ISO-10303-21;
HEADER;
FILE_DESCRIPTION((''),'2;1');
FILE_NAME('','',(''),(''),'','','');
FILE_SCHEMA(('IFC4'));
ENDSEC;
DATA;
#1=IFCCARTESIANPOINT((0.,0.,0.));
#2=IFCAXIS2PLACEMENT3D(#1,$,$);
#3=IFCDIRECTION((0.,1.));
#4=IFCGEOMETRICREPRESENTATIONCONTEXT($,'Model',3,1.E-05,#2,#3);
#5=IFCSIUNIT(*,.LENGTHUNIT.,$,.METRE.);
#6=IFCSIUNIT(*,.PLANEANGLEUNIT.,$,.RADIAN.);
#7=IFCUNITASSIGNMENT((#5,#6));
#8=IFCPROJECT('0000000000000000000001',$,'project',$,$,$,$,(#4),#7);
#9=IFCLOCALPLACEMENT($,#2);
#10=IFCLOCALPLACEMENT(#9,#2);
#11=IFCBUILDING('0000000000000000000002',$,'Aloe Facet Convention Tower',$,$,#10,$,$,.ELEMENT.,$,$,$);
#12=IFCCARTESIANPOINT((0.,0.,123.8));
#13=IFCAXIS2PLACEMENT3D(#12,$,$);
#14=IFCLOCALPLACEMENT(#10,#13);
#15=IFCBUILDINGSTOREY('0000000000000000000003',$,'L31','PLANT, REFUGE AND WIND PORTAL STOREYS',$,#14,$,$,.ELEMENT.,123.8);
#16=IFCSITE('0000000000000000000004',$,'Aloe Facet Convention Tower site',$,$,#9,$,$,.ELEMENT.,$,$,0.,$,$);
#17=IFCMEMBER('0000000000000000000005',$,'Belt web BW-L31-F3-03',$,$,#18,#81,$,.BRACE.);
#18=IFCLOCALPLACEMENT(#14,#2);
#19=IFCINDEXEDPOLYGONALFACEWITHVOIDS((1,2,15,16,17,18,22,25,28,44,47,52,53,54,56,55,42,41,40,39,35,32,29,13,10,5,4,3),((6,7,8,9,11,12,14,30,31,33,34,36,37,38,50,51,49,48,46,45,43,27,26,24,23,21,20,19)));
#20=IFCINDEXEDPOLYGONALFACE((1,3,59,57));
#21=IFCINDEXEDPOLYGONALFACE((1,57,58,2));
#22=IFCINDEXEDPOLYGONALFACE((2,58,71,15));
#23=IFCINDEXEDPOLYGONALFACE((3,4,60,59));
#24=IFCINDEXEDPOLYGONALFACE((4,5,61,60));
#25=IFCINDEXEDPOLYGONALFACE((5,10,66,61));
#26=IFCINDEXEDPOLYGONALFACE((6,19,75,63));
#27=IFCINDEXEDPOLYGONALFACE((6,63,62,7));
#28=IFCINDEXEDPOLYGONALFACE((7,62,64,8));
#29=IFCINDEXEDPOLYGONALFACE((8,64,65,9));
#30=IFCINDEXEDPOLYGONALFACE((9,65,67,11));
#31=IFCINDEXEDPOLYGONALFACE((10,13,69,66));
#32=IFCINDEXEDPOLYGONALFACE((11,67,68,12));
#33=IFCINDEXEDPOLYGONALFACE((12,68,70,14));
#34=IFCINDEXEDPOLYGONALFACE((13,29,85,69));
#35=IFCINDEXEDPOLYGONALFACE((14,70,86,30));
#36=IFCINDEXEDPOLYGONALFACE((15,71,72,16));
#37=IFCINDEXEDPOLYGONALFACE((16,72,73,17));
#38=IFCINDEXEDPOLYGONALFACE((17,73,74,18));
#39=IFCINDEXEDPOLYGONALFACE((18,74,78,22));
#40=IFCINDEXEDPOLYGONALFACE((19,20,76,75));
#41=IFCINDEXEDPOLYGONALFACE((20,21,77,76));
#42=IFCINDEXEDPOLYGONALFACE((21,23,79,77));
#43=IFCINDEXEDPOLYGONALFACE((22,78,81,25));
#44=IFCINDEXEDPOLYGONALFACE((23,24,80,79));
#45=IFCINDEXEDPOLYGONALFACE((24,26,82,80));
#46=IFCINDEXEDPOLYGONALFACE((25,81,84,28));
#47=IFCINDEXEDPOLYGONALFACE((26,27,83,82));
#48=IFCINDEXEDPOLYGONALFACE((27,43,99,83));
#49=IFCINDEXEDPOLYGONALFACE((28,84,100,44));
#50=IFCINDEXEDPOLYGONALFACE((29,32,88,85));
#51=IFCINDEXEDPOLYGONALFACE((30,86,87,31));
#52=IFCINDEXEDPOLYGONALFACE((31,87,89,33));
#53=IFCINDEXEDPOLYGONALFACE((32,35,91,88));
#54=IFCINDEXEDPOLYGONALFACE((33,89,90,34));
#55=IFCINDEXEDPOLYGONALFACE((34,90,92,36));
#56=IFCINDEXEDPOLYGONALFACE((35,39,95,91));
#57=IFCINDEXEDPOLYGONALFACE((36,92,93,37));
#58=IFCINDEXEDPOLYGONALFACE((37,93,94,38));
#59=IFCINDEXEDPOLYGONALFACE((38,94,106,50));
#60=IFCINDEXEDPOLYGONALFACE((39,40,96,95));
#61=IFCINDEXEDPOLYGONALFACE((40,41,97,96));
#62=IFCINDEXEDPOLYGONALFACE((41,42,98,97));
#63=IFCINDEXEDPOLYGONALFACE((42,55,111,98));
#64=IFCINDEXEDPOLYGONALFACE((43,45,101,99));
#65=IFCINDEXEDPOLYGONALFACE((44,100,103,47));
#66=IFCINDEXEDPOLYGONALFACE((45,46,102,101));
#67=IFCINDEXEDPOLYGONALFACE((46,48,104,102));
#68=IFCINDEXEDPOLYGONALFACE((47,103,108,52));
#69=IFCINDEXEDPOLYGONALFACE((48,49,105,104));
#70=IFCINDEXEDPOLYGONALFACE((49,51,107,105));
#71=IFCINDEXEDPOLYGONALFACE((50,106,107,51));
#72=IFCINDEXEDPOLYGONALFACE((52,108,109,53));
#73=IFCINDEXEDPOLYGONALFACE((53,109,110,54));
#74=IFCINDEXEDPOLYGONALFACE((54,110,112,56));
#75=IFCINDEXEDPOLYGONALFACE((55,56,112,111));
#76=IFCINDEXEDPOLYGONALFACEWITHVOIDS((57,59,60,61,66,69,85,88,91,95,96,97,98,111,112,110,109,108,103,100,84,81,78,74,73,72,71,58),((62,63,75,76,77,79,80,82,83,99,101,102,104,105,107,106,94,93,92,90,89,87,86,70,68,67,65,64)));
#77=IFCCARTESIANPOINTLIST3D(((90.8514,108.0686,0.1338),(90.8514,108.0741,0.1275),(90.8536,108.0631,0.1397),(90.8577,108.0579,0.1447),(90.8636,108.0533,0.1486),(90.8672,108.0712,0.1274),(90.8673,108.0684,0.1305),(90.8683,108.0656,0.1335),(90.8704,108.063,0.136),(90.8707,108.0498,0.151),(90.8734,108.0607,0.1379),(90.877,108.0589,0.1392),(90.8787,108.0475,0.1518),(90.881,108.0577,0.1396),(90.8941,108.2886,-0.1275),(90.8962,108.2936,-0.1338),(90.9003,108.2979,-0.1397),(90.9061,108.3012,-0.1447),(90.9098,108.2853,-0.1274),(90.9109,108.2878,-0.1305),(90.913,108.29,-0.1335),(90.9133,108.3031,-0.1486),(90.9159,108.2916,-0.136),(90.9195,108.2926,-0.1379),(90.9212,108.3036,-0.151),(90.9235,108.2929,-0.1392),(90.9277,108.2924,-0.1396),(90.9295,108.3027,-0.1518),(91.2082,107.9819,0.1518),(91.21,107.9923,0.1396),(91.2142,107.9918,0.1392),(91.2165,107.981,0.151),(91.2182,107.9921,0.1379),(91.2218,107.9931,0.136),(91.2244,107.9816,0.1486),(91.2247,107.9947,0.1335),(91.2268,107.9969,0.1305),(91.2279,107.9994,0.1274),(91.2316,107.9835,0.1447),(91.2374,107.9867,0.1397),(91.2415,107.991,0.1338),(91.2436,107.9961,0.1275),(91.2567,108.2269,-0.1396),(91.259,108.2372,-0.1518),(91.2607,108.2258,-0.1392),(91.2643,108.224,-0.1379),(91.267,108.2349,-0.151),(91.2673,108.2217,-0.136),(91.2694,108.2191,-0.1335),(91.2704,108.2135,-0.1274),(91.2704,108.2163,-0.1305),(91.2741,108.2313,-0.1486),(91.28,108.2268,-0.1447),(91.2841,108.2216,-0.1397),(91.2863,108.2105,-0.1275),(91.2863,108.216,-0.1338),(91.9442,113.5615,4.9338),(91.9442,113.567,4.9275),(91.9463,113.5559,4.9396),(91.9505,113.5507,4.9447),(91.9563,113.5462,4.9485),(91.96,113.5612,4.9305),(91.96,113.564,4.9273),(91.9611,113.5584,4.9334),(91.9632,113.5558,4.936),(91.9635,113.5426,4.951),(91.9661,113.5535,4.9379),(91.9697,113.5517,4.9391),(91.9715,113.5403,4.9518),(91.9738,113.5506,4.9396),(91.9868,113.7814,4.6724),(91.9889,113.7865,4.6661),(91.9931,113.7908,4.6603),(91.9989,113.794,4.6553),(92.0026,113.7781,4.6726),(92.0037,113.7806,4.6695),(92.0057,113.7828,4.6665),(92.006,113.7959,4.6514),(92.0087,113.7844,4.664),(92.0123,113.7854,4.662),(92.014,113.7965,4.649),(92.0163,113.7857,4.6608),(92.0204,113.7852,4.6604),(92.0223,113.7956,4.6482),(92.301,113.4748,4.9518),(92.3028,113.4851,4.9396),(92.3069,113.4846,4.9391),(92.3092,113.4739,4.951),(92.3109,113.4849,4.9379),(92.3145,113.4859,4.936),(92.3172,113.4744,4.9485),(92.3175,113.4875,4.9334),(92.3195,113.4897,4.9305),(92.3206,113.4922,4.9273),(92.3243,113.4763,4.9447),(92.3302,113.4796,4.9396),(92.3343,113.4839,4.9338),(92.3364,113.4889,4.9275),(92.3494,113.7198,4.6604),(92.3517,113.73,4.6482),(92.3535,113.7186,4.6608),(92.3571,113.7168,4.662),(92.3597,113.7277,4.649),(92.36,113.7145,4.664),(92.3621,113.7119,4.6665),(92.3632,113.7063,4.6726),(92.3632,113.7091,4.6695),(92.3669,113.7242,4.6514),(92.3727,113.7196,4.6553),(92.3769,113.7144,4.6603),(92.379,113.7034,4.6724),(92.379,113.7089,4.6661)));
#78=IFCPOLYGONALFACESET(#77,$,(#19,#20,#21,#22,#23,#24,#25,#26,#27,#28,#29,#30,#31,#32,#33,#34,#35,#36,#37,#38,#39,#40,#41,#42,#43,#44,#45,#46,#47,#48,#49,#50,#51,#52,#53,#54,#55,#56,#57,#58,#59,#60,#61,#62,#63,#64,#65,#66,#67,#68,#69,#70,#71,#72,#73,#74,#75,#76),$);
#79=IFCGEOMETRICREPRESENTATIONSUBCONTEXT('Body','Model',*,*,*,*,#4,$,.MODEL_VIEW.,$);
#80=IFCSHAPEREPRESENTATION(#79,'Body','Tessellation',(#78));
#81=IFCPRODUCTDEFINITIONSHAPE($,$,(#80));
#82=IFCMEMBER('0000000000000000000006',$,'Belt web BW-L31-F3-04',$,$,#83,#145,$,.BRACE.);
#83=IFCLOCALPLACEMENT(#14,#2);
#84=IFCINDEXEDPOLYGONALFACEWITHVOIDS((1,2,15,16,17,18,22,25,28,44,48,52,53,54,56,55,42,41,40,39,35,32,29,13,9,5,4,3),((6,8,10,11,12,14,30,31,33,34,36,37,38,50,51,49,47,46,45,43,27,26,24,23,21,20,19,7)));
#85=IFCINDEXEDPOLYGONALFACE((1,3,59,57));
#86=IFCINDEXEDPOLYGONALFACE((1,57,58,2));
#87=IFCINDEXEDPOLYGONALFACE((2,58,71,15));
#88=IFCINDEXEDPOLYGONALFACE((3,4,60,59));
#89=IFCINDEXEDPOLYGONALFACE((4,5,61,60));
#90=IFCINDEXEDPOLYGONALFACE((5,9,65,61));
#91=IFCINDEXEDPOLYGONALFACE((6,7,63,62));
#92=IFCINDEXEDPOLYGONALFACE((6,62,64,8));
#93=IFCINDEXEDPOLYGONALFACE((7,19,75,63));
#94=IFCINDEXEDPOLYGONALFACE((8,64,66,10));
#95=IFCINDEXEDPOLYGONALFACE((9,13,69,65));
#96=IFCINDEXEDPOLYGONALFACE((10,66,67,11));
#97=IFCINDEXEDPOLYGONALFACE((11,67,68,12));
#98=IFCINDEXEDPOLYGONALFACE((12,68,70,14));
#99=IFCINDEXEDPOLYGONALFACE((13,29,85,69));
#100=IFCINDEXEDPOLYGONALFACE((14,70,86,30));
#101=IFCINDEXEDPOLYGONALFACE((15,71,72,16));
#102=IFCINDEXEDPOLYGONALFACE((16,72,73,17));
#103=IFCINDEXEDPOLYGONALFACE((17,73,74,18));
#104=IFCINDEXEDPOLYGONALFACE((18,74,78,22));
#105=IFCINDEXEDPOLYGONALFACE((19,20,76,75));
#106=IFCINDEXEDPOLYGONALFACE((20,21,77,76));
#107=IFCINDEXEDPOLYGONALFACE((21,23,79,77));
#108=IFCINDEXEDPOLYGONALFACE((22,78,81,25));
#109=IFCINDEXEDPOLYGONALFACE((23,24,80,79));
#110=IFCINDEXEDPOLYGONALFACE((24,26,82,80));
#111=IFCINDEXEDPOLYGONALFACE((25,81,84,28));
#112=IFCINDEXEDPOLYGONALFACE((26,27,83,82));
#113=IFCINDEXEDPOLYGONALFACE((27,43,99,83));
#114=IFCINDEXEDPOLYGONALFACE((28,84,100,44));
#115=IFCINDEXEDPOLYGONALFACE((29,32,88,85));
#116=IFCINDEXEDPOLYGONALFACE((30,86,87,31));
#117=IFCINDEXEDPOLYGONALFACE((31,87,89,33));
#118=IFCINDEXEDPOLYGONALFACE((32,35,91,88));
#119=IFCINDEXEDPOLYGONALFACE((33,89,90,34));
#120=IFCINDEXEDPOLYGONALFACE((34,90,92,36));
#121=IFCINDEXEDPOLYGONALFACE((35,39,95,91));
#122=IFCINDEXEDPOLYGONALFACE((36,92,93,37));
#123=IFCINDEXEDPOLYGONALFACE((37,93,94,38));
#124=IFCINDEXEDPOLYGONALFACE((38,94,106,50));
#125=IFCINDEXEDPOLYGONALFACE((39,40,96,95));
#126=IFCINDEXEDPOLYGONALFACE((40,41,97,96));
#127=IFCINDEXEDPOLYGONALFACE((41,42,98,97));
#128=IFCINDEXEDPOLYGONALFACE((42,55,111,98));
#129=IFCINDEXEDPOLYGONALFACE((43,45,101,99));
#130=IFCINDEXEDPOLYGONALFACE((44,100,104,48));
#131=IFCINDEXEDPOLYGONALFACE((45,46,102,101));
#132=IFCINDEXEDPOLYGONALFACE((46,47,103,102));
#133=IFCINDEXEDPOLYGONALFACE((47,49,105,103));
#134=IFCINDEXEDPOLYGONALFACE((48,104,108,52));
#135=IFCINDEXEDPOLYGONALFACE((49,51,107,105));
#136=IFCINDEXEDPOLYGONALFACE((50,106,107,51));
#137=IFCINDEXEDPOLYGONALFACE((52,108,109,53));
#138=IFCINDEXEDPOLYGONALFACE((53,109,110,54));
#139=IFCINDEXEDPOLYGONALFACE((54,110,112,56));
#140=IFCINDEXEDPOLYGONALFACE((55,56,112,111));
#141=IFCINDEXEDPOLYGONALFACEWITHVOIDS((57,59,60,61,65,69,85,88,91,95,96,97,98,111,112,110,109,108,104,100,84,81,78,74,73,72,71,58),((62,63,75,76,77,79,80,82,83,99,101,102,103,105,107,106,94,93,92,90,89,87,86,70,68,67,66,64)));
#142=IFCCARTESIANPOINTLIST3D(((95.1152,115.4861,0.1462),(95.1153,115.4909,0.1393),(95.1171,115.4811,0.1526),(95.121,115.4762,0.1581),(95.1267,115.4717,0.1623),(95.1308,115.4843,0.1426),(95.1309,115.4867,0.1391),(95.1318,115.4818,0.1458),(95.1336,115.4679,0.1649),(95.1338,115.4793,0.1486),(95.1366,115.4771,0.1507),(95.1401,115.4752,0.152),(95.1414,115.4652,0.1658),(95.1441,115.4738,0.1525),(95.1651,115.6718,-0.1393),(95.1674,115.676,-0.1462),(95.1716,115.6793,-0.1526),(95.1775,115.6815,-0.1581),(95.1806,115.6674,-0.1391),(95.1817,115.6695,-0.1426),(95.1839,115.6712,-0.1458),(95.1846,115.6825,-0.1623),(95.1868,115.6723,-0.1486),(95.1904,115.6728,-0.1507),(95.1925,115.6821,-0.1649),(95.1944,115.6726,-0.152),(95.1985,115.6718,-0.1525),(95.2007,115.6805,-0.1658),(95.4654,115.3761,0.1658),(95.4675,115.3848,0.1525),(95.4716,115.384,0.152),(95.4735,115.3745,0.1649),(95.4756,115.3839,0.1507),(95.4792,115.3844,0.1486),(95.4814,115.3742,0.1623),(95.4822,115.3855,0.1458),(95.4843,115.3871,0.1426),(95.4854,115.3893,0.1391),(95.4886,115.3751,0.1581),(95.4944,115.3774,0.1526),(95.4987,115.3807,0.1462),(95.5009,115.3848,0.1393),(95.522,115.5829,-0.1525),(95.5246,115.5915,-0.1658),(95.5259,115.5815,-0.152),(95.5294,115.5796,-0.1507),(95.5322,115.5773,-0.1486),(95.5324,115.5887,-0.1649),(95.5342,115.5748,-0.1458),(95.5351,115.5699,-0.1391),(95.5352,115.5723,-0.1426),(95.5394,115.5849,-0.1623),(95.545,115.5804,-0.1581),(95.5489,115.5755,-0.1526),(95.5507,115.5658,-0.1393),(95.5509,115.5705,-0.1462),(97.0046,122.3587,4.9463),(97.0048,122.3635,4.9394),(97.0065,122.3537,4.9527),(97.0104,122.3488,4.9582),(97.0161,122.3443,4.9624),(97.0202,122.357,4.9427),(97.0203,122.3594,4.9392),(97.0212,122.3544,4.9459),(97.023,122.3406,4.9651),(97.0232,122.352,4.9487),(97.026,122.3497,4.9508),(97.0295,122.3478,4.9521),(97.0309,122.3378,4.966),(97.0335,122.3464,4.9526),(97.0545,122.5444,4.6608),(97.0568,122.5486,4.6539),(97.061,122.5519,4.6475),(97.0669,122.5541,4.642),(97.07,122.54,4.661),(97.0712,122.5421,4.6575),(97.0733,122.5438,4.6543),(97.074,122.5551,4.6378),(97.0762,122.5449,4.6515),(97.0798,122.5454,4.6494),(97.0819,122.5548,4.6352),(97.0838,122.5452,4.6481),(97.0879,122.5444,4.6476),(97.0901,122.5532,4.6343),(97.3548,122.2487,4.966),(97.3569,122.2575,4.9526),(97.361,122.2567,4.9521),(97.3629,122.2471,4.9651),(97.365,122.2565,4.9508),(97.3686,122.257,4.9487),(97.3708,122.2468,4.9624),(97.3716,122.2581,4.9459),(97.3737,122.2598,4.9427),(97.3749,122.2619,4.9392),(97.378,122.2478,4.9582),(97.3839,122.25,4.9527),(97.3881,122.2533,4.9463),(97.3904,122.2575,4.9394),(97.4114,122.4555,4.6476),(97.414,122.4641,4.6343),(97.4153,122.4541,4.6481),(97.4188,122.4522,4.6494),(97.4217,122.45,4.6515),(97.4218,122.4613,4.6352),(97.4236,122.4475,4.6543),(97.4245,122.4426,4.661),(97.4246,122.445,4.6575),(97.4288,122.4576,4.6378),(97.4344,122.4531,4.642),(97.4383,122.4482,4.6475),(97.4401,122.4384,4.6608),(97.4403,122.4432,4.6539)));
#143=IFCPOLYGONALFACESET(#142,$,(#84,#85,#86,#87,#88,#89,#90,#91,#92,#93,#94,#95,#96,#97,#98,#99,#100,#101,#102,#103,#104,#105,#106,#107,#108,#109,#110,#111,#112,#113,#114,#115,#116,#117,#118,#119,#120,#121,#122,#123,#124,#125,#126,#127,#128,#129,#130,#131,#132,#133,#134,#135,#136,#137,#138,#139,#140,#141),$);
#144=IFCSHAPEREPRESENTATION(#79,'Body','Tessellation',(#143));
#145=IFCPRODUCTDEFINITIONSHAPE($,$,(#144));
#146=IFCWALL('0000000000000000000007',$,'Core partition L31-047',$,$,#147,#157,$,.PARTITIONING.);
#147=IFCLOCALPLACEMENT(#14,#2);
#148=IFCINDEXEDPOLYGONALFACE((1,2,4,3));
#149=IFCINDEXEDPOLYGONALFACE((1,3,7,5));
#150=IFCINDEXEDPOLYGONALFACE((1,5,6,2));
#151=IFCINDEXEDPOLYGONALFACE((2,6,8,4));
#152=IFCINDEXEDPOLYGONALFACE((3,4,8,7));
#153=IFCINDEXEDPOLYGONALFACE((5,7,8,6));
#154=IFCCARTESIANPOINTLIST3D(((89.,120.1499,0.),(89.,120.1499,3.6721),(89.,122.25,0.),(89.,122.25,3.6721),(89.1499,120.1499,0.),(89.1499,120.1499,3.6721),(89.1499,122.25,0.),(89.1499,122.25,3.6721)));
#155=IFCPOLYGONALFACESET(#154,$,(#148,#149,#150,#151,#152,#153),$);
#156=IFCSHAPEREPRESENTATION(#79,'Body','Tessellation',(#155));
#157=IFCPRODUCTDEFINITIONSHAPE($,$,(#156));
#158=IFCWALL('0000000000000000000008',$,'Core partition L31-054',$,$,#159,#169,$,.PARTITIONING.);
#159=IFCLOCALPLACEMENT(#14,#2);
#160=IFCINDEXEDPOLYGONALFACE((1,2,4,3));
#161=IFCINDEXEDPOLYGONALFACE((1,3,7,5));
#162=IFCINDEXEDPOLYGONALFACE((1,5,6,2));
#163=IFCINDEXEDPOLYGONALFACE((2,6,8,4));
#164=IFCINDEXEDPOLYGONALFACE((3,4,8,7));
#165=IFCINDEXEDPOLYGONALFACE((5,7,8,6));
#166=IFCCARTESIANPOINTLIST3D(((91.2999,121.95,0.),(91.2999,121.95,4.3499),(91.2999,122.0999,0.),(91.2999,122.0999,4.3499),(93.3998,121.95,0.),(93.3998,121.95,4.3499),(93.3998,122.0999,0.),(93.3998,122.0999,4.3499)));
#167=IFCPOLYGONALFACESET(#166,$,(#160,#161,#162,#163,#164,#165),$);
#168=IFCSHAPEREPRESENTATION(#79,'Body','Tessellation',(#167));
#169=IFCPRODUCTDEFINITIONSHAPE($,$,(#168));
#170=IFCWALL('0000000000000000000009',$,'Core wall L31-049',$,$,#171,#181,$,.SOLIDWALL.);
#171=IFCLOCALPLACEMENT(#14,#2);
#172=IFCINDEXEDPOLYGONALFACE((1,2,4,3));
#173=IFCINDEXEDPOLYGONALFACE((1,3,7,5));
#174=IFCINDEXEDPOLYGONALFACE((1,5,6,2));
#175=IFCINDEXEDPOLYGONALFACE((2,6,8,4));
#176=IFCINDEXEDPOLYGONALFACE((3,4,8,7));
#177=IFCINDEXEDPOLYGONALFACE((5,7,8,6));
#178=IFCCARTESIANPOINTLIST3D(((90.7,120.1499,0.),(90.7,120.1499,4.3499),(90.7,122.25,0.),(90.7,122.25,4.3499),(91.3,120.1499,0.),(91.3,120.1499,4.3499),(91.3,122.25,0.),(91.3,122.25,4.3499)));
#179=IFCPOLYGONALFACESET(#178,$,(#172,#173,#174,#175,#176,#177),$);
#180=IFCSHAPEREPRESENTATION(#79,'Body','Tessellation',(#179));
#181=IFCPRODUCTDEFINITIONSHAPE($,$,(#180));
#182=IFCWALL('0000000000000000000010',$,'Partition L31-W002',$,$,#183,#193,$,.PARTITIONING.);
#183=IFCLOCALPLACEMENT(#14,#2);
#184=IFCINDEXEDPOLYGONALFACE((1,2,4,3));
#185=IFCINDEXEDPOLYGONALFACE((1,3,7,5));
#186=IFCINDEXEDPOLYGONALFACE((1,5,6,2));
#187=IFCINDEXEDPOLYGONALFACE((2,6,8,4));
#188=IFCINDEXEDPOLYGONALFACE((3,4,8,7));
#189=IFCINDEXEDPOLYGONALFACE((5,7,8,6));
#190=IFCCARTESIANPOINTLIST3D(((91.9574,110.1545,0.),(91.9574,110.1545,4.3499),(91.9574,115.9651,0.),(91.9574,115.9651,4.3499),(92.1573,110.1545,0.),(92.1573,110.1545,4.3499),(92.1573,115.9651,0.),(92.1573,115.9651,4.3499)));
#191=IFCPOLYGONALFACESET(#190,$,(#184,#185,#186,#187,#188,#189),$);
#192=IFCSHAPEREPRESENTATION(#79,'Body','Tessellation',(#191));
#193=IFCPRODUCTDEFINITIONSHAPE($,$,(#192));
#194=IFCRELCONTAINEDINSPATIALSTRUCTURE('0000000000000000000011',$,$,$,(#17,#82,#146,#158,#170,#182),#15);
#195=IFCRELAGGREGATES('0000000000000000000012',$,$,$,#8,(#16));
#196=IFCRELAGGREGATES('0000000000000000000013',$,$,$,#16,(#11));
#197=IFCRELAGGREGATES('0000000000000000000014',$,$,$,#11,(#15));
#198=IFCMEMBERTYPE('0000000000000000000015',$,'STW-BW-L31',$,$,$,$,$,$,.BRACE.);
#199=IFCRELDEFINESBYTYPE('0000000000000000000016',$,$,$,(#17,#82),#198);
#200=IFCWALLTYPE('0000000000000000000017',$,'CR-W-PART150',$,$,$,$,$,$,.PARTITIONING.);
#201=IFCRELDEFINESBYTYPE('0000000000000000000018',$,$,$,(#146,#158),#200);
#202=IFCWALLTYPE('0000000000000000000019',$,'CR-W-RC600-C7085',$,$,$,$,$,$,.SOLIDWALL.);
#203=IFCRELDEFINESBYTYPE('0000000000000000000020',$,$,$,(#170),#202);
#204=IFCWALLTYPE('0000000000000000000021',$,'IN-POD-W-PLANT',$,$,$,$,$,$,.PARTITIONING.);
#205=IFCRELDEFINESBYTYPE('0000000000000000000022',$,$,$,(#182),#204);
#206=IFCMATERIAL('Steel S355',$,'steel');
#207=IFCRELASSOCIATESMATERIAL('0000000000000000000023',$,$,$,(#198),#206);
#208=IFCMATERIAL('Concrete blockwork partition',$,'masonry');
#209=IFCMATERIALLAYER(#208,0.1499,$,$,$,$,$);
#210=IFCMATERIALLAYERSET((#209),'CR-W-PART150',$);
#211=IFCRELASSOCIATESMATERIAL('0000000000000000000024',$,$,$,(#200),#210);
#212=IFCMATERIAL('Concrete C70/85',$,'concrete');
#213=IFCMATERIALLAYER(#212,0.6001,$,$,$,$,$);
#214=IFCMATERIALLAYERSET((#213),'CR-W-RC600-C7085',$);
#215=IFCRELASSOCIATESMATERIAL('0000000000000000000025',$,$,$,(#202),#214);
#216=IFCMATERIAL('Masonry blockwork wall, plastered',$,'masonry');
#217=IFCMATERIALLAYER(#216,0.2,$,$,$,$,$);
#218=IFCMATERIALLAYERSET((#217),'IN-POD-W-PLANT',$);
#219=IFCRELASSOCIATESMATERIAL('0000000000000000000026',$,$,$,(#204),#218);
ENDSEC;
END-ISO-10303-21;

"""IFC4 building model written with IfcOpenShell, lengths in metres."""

from ifc_helpers import new_model, si_unit, direction, frame, frame_2d, origin, origin_2d, place, context, subcontext, project, spatial, rectangle, hollow_rectangle, extrude, material, layer, layer_set, material_profile, profile_set, type_object, element, save


model = new_model("IFC4")

# Units and contexts
model_context = context("Model", 3, precision=1e-05, world=origin(), true_north=direction((0.0, 1.0)))
body_context = subcontext(model_context, "Body", "Model", "MODEL_VIEW")
ifc_project = project(units=[si_unit("LENGTHUNIT", "METRE"), si_unit("PLANEANGLEUNIT", "RADIAN")], contexts=[model_context])

# Site, building, storey
site_placement = place(None, origin())
site = spatial("IfcSite", under=ifc_project, at=site_placement, Name="Aloe Facet Convention Tower site", CompositionType="ELEMENT", RefElevation=0.0)
building_placement = place(site_placement, origin())
building = spatial("IfcBuilding", under=site, at=building_placement, Name="Aloe Facet Convention Tower", CompositionType="ELEMENT")
storey_placement = place(building_placement, frame((0.0, 0.0, 123.8)))
storey = spatial("IfcBuildingStorey", under=building, at=storey_placement, Name="L31", Description="PLANT, REFUGE AND WIND PORTAL STOREYS", CompositionType="ELEMENT", Elevation=123.8)

# Members
ifc_material_1 = material(Name="Steel S355", Category="steel")
ifc_material_profile_1 = material_profile(ifc_material_1, hollow_rectangle(XDim=0.3999, YDim=0.3999, WallThickness=0.0161, InnerFilletRadius=0.0161, OuterFilletRadius=0.032, at=origin_2d()), Name="SHS 400x400x16")
ifc_profile_set_1 = profile_set([ifc_material_profile_1], Name="Steel S355")
member_type = type_object("IfcMemberType", Name="STW-BW-L31", PredefinedType="BRACE", material=ifc_profile_set_1)
member_1_placement = place(storey_placement, frame((91.0688, 108.1423, 0.0), z_axis=(0.148151, 0.744692, 0.650757), x_axis=(-0.98078, 0.195118, 0.0)))
element("IfcMember", 1, at=member_1_placement, inside=storey, type_object=member_type, Name="Belt web BW-L31-F3-03", PredefinedType="BRACE", context=body_context, shape_type="SweptSolid", body=[
    extrude(hollow_rectangle(XDim=0.3999, YDim=0.3999, WallThickness=0.0161, InnerFilletRadius=0.0161, OuterFilletRadius=0.032, at=origin_2d()), origin(), (0.0, 0.0, 1.0), 7.376),
])
member_2_placement = place(storey_placement, frame((95.333, 115.5283, 0.0), z_axis=(0.219873, 0.799771, 0.55859), x_axis=(-0.964225, 0.265085, 0.0)))
element("IfcMember", 2, at=member_2_placement, inside=storey, type_object=member_type, Name="Belt web BW-L31-F3-04", PredefinedType="BRACE", context=body_context, shape_type="SweptSolid", body=[
    extrude(hollow_rectangle(XDim=0.3999, YDim=0.3999, WallThickness=0.0161, InnerFilletRadius=0.0161, OuterFilletRadius=0.032, at=origin_2d()), origin(), (0.0, 0.0, 1.0), 8.5933),
])

# Walls
ifc_material_2 = material(Name="Concrete blockwork partition", Category="masonry")
ifc_layer_1 = layer(ifc_material_2, 0.1499)
ifc_layer_set_1 = layer_set([ifc_layer_1], Name="CR-W-PART150")
wall_type_1 = type_object("IfcWallType", Name="CR-W-PART150", PredefinedType="PARTITIONING", material=ifc_layer_set_1)
wall_1_placement = place(storey_placement, frame((89.075, 122.25, 0.0), z_axis=(0.0, 0.0, 1.0), x_axis=(0.0, -1.0, 0.0)))
element("IfcWall", 3, at=wall_1_placement, inside=storey, type_object=wall_type_1, Name="Core partition L31-047", PredefinedType="PARTITIONING", context=body_context, shape_type="SweptSolid", body=[
    extrude(rectangle(XDim=2.1001, YDim=0.1499, at=frame_2d((1.05, 0.0))), origin(), (0.0, 0.0, 1.0), 3.6721),
])
wall_2_placement = place(storey_placement, frame((91.3, 122.0249, 0.0), z_axis=(0.0, 0.0, 1.0), x_axis=(1.0, 0.0, 0.0)))
element("IfcWall", 4, at=wall_2_placement, inside=storey, type_object=wall_type_1, Name="Core partition L31-054", PredefinedType="PARTITIONING", context=body_context, shape_type="SweptSolid", body=[
    extrude(rectangle(XDim=2.0999, YDim=0.1499, at=frame_2d((1.0498, 0.0))), origin(), (0.0, 0.0, 1.0), 4.3499),
])
ifc_material_3 = material(Name="Concrete C70/85", Category="concrete")
ifc_layer_2 = layer(ifc_material_3, 0.6001)
ifc_layer_set_2 = layer_set([ifc_layer_2], Name="CR-W-RC600-C7085")
wall_type_2 = type_object("IfcWallType", Name="CR-W-RC600-C7085", PredefinedType="SOLIDWALL", material=ifc_layer_set_2)
wall_3_placement = place(storey_placement, frame((91.0, 122.25, 0.0), z_axis=(0.0, 0.0, 1.0), x_axis=(0.0, -1.0, 0.0)))
element("IfcWall", 5, at=wall_3_placement, inside=storey, type_object=wall_type_2, Name="Core wall L31-049", PredefinedType="SOLIDWALL", context=body_context, shape_type="SweptSolid", body=[
    extrude(rectangle(XDim=2.1001, YDim=0.6001, at=frame_2d((1.05, 0.0))), origin(), (0.0, 0.0, 1.0), 4.3499),
])
ifc_material_4 = material(Name="Masonry blockwork wall, plastered", Category="masonry")
ifc_layer_3 = layer(ifc_material_4, 0.2)
ifc_layer_set_3 = layer_set([ifc_layer_3], Name="IN-POD-W-PLANT")
wall_type_3 = type_object("IfcWallType", Name="IN-POD-W-PLANT", PredefinedType="PARTITIONING", material=ifc_layer_set_3)
wall_4_placement = place(storey_placement, frame((92.0574, 110.1545, 0.0), z_axis=(0.0, 0.0, 1.0), x_axis=(0.0, 1.0, 0.0)))
element("IfcWall", 6, at=wall_4_placement, inside=storey, type_object=wall_type_3, Name="Partition L31-W002", PredefinedType="PARTITIONING", context=body_context, shape_type="SweptSolid", body=[
    extrude(rectangle(XDim=5.8105, YDim=0.2, at=frame_2d((2.9053, 0.0))), origin(), (0.0, 0.0, 1.0), 4.3499),
])

save(model, "model.ifc")
